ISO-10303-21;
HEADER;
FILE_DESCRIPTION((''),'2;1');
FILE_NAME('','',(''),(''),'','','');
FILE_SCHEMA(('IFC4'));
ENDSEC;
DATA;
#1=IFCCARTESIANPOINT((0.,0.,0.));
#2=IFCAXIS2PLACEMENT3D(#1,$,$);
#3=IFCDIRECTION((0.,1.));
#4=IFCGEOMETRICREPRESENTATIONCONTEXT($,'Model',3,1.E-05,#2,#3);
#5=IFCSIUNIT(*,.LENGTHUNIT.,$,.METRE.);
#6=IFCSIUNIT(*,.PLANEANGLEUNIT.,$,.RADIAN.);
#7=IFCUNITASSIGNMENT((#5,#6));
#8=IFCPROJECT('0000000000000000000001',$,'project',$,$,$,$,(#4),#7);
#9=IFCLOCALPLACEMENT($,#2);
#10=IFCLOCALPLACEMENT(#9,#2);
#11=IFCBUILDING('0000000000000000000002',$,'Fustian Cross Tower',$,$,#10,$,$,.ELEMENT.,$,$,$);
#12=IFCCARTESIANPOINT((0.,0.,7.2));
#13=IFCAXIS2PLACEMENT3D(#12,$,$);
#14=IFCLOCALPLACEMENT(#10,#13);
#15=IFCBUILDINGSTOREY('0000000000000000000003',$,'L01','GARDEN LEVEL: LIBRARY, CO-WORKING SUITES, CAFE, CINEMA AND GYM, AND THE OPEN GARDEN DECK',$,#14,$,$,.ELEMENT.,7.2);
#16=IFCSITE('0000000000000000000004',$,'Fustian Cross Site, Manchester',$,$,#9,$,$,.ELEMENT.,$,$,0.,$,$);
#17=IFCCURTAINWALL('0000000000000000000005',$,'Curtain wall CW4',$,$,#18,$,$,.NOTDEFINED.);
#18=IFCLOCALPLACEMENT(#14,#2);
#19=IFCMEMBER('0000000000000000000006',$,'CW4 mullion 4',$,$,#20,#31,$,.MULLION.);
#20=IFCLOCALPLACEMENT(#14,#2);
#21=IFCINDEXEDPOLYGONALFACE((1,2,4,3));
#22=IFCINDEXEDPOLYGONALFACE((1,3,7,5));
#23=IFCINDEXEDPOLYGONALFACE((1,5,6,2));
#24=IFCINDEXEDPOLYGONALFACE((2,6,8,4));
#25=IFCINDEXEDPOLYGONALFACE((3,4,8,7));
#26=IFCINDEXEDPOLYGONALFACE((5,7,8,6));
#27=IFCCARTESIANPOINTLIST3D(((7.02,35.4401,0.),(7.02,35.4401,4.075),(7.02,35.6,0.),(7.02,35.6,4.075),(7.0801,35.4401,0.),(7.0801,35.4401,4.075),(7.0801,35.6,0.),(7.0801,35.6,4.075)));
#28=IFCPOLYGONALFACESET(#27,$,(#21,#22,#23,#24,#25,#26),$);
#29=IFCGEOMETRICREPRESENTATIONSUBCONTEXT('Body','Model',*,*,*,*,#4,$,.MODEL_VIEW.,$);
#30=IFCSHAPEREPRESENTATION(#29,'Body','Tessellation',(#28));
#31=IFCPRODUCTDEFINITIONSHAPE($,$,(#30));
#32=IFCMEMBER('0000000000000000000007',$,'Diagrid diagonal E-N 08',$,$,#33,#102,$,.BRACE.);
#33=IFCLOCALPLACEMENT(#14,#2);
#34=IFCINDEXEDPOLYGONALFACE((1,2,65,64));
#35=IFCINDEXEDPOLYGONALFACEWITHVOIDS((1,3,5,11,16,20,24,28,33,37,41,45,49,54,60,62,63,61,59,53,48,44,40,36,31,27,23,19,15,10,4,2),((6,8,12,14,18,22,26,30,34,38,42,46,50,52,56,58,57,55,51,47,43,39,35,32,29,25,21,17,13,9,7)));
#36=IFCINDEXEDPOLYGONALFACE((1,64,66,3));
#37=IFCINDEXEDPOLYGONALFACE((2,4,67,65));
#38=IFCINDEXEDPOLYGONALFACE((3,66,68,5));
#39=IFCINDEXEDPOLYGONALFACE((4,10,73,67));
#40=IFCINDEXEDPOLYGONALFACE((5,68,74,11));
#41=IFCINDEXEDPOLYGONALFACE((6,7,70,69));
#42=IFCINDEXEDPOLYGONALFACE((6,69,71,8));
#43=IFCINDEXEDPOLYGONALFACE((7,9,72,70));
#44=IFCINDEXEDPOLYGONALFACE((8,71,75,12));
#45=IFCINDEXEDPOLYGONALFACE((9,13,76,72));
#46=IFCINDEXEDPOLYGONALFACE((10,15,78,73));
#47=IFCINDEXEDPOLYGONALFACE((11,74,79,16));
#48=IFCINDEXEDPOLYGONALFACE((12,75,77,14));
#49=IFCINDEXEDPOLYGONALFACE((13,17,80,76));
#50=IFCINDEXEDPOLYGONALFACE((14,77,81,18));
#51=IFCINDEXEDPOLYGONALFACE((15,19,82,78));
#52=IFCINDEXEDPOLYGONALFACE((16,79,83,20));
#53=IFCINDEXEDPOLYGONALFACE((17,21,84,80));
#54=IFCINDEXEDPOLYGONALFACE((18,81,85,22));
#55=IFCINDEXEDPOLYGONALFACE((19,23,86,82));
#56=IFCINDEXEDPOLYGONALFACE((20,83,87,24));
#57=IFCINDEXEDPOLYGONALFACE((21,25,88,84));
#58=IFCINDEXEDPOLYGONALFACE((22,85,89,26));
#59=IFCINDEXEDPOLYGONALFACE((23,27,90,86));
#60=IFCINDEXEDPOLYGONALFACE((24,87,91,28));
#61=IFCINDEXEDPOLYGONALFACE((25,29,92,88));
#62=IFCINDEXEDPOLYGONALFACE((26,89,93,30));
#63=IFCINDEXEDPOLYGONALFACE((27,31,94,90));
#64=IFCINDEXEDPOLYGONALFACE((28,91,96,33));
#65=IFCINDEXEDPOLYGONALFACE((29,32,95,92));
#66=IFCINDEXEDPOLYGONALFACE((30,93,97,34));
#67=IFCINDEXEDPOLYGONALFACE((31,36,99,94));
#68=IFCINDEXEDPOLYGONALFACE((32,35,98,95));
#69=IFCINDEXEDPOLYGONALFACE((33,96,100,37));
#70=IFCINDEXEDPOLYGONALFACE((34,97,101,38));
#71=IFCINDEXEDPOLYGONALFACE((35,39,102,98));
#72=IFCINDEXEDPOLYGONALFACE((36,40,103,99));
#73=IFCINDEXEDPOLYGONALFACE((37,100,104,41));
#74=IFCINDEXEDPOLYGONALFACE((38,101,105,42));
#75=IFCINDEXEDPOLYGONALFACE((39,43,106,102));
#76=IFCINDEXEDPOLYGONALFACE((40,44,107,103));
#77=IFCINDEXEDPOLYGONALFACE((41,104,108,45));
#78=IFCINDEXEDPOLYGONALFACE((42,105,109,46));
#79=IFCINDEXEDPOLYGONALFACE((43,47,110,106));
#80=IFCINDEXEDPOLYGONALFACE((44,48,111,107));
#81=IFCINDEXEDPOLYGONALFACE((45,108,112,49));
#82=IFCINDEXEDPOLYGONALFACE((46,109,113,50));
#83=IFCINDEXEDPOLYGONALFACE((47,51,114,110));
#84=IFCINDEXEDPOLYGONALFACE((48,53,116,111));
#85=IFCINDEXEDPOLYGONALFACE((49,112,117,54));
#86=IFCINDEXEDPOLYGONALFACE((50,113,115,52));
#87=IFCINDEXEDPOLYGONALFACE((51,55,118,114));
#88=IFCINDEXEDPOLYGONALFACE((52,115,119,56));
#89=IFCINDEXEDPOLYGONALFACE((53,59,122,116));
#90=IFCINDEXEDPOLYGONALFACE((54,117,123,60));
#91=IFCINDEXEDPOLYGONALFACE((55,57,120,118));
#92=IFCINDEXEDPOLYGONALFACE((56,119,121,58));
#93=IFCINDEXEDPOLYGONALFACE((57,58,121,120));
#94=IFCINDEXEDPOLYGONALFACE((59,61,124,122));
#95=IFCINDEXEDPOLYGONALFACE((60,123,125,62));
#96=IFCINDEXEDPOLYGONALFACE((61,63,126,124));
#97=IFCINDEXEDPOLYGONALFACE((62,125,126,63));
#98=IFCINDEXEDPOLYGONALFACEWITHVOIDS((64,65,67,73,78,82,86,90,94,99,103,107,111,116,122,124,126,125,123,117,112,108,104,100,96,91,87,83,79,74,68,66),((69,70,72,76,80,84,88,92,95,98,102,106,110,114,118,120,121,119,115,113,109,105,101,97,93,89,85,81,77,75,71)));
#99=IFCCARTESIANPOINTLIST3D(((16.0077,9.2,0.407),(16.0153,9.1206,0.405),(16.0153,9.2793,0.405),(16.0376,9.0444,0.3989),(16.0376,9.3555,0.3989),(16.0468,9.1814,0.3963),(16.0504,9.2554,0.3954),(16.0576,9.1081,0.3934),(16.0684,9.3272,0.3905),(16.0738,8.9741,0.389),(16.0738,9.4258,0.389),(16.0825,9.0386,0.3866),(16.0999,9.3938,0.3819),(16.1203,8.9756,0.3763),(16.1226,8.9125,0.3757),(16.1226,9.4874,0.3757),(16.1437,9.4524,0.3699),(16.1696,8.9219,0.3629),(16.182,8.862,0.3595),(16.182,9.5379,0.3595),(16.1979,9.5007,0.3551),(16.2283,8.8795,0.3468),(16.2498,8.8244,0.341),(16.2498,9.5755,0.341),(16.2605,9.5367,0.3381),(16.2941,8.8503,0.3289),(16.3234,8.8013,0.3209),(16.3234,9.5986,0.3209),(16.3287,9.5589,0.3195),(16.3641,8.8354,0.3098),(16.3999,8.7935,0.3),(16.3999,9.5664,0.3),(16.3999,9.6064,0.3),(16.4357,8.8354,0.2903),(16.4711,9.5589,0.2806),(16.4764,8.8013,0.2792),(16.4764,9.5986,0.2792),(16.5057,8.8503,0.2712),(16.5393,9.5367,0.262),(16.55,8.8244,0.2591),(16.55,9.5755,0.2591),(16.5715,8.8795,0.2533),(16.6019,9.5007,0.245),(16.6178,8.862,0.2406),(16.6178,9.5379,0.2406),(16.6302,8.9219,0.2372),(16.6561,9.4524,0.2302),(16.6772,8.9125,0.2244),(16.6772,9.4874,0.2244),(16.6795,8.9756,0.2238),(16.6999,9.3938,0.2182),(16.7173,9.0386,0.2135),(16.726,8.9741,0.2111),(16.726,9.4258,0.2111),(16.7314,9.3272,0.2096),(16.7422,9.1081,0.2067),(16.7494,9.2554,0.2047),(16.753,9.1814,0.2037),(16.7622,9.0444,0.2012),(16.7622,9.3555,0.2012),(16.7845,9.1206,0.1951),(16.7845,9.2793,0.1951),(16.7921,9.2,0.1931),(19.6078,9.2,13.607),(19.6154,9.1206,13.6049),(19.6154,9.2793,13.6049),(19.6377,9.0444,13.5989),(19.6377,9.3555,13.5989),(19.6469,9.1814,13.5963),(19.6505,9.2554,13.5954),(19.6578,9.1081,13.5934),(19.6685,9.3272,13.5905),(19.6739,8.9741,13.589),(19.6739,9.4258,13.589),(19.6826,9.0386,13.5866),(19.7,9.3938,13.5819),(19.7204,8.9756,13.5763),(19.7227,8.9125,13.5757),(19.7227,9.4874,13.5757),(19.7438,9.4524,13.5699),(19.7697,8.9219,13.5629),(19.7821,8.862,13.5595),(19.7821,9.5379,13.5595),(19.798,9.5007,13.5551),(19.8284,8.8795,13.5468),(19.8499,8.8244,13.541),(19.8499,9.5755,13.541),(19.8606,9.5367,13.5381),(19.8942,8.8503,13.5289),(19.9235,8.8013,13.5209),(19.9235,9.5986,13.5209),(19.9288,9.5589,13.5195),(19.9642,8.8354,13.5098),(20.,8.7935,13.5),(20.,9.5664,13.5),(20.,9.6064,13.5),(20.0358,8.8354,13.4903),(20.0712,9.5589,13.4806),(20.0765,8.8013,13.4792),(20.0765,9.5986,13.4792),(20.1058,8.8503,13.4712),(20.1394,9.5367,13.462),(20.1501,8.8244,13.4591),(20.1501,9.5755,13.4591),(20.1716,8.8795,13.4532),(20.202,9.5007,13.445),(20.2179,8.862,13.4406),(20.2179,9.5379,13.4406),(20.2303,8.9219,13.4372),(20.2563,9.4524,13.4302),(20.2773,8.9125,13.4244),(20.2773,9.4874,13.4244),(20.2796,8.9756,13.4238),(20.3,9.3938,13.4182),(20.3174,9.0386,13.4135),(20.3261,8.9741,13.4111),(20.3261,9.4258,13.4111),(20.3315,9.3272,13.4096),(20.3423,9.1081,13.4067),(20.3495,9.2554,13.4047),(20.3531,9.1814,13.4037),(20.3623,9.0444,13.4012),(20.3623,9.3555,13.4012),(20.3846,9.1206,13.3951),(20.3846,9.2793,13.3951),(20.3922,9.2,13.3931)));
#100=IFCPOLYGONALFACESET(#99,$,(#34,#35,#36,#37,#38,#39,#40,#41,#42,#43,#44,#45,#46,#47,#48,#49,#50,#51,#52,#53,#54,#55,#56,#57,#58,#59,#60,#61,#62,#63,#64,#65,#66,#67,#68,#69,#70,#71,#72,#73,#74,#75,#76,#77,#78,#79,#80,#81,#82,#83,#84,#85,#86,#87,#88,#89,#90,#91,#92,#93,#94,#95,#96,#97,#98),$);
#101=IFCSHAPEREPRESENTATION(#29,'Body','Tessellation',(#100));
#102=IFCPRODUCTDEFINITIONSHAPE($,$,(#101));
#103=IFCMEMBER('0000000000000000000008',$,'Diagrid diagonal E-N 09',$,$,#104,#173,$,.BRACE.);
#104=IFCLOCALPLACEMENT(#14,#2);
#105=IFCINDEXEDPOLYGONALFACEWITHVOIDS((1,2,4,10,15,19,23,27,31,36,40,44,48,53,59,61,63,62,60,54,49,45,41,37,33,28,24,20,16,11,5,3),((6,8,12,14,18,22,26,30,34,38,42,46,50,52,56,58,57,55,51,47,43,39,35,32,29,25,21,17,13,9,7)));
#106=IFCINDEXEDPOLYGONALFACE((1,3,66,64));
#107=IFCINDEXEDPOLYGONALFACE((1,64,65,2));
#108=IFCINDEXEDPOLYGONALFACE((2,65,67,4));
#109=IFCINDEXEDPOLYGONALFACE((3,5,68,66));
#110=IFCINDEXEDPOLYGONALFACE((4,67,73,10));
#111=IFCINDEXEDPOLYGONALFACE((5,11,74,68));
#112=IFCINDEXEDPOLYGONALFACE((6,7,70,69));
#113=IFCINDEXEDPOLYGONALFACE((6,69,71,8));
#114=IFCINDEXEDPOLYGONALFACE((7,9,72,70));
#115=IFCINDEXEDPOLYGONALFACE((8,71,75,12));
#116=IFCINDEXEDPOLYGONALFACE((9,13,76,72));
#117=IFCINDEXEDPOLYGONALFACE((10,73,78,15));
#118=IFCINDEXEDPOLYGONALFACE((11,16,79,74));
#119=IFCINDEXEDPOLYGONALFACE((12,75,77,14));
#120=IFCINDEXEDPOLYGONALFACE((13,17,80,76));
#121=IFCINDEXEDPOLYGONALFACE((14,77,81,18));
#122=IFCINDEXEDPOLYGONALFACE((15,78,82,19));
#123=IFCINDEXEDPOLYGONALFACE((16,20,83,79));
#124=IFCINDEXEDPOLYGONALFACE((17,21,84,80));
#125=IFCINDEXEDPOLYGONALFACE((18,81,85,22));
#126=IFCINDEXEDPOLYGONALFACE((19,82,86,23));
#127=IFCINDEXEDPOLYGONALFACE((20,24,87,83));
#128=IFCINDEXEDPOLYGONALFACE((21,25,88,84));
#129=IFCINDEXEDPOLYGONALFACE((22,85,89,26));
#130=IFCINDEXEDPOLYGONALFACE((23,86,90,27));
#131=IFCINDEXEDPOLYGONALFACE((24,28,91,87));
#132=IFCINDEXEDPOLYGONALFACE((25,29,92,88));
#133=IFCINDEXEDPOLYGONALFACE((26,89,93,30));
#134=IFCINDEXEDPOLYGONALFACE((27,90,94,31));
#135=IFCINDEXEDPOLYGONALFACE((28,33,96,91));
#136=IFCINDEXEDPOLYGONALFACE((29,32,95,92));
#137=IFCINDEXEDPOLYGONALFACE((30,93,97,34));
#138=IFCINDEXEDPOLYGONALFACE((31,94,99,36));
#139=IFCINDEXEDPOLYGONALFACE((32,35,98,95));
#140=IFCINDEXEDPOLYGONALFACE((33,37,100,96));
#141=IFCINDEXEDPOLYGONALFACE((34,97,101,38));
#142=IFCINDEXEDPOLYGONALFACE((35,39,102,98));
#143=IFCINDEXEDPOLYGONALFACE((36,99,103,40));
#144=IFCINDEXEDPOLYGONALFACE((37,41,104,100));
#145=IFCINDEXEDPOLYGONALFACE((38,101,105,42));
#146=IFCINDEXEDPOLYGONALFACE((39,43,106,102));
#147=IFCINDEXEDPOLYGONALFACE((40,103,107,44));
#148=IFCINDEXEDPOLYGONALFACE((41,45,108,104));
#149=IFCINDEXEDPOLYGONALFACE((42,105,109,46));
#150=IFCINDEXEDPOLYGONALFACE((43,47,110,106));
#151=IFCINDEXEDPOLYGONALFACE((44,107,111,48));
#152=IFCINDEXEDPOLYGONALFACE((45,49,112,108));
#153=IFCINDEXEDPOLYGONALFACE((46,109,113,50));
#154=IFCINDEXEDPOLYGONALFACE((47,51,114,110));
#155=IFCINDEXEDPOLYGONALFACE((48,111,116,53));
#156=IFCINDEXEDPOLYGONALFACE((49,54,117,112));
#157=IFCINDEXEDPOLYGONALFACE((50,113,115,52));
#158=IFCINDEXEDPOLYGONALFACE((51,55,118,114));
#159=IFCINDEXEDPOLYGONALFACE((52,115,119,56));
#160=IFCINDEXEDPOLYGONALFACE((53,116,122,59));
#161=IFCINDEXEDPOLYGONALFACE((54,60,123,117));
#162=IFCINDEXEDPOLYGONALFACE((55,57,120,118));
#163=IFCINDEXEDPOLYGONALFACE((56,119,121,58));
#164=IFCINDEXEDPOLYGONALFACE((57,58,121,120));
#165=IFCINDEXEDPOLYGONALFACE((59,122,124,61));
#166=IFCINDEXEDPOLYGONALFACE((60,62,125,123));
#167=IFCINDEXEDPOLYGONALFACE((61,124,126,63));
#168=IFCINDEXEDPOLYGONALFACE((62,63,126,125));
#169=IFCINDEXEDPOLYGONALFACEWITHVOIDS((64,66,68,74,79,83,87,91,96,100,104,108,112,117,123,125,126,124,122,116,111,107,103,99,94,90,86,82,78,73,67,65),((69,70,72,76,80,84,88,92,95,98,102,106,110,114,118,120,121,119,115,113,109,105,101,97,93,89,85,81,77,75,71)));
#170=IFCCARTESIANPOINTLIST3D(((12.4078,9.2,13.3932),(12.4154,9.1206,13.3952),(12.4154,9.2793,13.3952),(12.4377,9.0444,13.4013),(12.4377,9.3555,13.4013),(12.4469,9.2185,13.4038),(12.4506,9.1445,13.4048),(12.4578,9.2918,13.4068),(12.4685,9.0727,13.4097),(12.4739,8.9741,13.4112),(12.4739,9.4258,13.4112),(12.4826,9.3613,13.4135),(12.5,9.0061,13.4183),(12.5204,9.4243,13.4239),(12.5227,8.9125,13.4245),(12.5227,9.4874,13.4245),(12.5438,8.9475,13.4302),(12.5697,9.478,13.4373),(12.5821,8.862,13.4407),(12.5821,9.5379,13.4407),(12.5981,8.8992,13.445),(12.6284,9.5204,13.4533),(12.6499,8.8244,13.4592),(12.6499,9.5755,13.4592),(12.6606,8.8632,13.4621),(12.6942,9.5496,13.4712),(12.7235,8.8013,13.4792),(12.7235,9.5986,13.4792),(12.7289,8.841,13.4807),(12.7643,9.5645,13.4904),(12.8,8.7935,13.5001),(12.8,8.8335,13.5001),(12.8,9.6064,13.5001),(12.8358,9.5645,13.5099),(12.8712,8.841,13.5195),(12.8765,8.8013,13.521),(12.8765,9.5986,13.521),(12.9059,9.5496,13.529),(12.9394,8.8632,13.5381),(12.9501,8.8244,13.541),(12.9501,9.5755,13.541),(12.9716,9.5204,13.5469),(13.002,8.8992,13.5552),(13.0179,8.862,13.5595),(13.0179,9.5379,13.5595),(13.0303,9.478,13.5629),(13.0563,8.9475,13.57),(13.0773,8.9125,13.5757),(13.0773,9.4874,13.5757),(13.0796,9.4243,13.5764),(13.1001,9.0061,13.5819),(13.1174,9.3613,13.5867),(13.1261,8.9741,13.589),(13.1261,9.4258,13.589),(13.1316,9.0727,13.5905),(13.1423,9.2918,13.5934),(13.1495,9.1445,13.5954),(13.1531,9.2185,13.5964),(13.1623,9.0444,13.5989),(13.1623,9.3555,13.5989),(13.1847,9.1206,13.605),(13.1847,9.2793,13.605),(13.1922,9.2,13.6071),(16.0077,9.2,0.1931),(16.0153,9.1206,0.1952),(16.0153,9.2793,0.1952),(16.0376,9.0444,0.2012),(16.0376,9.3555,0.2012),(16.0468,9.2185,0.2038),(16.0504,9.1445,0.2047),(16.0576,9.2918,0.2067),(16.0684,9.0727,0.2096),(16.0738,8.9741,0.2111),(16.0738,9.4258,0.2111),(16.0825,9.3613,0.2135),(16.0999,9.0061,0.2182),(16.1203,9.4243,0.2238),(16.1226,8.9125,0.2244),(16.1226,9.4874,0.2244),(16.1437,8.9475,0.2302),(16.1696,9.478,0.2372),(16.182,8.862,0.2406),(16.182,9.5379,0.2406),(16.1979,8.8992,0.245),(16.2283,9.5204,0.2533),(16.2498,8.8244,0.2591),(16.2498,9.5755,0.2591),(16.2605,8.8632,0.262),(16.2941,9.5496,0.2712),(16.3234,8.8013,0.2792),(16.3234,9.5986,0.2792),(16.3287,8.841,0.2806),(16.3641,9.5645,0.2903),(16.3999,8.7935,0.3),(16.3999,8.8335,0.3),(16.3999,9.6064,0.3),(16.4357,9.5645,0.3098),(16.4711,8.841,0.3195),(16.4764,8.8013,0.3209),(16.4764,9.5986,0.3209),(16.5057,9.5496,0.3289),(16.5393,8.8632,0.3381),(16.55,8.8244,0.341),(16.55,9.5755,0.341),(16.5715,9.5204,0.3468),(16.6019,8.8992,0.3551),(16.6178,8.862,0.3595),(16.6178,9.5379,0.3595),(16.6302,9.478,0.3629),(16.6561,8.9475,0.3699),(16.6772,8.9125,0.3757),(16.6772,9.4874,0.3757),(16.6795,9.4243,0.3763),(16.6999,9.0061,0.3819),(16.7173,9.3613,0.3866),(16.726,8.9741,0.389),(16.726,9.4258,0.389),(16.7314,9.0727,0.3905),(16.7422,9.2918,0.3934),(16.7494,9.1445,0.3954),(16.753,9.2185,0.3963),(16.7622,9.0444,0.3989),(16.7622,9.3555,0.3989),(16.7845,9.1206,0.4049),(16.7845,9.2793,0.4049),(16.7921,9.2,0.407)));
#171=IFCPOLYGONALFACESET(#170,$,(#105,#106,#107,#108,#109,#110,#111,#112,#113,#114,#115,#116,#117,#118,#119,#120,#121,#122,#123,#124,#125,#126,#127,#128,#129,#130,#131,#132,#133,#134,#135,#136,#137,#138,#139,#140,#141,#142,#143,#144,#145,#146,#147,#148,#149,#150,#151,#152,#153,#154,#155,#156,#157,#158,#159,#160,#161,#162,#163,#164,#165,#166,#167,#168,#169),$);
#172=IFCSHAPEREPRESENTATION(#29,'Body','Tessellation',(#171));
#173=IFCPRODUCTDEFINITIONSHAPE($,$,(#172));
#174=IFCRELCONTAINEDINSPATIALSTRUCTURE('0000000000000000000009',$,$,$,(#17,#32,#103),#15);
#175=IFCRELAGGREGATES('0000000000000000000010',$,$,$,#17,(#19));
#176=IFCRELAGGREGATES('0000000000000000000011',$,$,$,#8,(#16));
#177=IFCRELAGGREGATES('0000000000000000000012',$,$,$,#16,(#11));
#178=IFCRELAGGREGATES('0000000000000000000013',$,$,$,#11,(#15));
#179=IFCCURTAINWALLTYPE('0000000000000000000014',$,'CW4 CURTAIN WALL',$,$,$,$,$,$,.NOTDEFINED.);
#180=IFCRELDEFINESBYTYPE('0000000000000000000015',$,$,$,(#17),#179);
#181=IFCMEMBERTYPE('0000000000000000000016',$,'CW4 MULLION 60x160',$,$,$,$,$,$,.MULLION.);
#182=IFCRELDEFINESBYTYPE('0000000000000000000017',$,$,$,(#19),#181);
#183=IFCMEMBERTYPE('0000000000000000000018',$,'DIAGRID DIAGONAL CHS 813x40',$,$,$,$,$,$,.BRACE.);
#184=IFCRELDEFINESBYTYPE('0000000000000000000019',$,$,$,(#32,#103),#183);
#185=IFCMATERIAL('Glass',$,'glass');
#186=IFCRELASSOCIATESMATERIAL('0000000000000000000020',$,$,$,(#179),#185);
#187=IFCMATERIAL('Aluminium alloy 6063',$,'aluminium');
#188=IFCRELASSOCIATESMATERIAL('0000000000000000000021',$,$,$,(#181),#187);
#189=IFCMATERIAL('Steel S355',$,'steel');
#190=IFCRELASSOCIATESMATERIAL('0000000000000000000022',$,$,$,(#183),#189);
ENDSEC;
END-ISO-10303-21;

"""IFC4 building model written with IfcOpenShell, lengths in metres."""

from ifc_helpers import new_model, si_unit, direction, frame, origin, origin_2d, place, context, subcontext, project, spatial, rectangle, hollow_circle, extrude, material, material_profile, profile_set, type_object, element, aggregate, save


model = new_model("IFC4")

# Units and contexts
model_context = context("Model", 3, precision=1e-05, world=origin(), true_north=direction((0.0, 1.0)))
body_context = subcontext(model_context, "Body", "Model", "MODEL_VIEW")
ifc_project = project(units=[si_unit("LENGTHUNIT", "METRE"), si_unit("PLANEANGLEUNIT", "RADIAN")], contexts=[model_context])

# Site, building, storey
site_placement = place(None, origin())
site = spatial("IfcSite", under=ifc_project, at=site_placement, Name="Fustian Cross Site, Manchester", CompositionType="ELEMENT", RefElevation=0.0)
building_placement = place(site_placement, origin())
building = spatial("IfcBuilding", under=site, at=building_placement, Name="Fustian Cross Tower", CompositionType="ELEMENT")
storey_placement = place(building_placement, frame((0.0, 0.0, 7.2)))
storey = spatial("IfcBuildingStorey", under=building, at=storey_placement, Name="L01", Description="GARDEN LEVEL: LIBRARY, CO-WORKING SUITES, CAFE, CINEMA AND GYM, AND THE OPEN GARDEN DECK", CompositionType="ELEMENT", Elevation=7.2)

# Curtain wall, member
ifc_material_1 = material(Name="Glass", Category="glass")
curtain_wall_type = type_object("IfcCurtainWallType", Name="CW4 CURTAIN WALL", PredefinedType="NOTDEFINED", material=ifc_material_1)
curtain_wall_placement = place(storey_placement, origin())
curtain_wall = element("IfcCurtainWall", 1, at=curtain_wall_placement, inside=storey, type_object=curtain_wall_type, Name="Curtain wall CW4", PredefinedType="NOTDEFINED")
ifc_material_2 = material(Name="Aluminium alloy 6063", Category="aluminium")
ifc_material_profile_1 = material_profile(ifc_material_2, rectangle(XDim=0.0601, YDim=0.1599, at=origin_2d()), Name="CW4 MULLION 60x160")
ifc_profile_set_1 = profile_set([ifc_material_profile_1], Name="Aluminium alloy 6063")
member_type_1 = type_object("IfcMemberType", Name="CW4 MULLION 60x160", PredefinedType="MULLION", material=ifc_profile_set_1)
member_1_placement = place(storey_placement, frame((7.05, 35.52, 0.0), z_axis=(0.0, 0.0, 1.0), x_axis=(-1.0, 0.0, 0.0)))
member_1 = element("IfcMember", 2, at=member_1_placement, type_object=member_type_1, Name="CW4 mullion 4", PredefinedType="MULLION", context=body_context, shape_type="SweptSolid", body=[
    extrude(rectangle(XDim=0.0601, YDim=0.1599, at=origin_2d()), origin(), (0.0, 0.0, 1.0), 4.075),
])
aggregate(curtain_wall, [member_1])

# Members
ifc_material_3 = material(Name="Steel S355", Category="steel")
ifc_material_profile_2 = material_profile(ifc_material_3, hollow_circle(Radius=0.4065, WallThickness=0.04, at=origin_2d()), Name="CHS 813x40")
ifc_profile_set_2 = profile_set([ifc_material_profile_2], Name="Steel S355")
member_type_2 = type_object("IfcMemberType", Name="DIAGRID DIAGONAL CHS 813x40", PredefinedType="BRACE", material=ifc_profile_set_2)
for number, where, z_axis, x_axis, name in (
    (3, (16.3999, 9.2, 0.3), (0.263125, 0.0, 0.964762), (0.0, 1.0, 0.0), "Diagrid diagonal E-N 08"),
    (4, (16.3999, 9.2, 0.3), (-0.263108, 0.0, 0.964766), (0.0, -1.0, 0.0), "Diagrid diagonal E-N 09"),
):
    element("IfcMember", number, at=place(storey_placement, frame(where, z_axis=z_axis, x_axis=x_axis)), inside=storey, type_object=member_type_2, Name=name, PredefinedType="BRACE", context=body_context, shape_type="SweptSolid", body=[
        extrude(hollow_circle(Radius=0.4065, WallThickness=0.04, at=origin_2d()), origin(), (0.0, 0.0, 1.0), 13.6821),
    ])

save(model, "model.ifc")
